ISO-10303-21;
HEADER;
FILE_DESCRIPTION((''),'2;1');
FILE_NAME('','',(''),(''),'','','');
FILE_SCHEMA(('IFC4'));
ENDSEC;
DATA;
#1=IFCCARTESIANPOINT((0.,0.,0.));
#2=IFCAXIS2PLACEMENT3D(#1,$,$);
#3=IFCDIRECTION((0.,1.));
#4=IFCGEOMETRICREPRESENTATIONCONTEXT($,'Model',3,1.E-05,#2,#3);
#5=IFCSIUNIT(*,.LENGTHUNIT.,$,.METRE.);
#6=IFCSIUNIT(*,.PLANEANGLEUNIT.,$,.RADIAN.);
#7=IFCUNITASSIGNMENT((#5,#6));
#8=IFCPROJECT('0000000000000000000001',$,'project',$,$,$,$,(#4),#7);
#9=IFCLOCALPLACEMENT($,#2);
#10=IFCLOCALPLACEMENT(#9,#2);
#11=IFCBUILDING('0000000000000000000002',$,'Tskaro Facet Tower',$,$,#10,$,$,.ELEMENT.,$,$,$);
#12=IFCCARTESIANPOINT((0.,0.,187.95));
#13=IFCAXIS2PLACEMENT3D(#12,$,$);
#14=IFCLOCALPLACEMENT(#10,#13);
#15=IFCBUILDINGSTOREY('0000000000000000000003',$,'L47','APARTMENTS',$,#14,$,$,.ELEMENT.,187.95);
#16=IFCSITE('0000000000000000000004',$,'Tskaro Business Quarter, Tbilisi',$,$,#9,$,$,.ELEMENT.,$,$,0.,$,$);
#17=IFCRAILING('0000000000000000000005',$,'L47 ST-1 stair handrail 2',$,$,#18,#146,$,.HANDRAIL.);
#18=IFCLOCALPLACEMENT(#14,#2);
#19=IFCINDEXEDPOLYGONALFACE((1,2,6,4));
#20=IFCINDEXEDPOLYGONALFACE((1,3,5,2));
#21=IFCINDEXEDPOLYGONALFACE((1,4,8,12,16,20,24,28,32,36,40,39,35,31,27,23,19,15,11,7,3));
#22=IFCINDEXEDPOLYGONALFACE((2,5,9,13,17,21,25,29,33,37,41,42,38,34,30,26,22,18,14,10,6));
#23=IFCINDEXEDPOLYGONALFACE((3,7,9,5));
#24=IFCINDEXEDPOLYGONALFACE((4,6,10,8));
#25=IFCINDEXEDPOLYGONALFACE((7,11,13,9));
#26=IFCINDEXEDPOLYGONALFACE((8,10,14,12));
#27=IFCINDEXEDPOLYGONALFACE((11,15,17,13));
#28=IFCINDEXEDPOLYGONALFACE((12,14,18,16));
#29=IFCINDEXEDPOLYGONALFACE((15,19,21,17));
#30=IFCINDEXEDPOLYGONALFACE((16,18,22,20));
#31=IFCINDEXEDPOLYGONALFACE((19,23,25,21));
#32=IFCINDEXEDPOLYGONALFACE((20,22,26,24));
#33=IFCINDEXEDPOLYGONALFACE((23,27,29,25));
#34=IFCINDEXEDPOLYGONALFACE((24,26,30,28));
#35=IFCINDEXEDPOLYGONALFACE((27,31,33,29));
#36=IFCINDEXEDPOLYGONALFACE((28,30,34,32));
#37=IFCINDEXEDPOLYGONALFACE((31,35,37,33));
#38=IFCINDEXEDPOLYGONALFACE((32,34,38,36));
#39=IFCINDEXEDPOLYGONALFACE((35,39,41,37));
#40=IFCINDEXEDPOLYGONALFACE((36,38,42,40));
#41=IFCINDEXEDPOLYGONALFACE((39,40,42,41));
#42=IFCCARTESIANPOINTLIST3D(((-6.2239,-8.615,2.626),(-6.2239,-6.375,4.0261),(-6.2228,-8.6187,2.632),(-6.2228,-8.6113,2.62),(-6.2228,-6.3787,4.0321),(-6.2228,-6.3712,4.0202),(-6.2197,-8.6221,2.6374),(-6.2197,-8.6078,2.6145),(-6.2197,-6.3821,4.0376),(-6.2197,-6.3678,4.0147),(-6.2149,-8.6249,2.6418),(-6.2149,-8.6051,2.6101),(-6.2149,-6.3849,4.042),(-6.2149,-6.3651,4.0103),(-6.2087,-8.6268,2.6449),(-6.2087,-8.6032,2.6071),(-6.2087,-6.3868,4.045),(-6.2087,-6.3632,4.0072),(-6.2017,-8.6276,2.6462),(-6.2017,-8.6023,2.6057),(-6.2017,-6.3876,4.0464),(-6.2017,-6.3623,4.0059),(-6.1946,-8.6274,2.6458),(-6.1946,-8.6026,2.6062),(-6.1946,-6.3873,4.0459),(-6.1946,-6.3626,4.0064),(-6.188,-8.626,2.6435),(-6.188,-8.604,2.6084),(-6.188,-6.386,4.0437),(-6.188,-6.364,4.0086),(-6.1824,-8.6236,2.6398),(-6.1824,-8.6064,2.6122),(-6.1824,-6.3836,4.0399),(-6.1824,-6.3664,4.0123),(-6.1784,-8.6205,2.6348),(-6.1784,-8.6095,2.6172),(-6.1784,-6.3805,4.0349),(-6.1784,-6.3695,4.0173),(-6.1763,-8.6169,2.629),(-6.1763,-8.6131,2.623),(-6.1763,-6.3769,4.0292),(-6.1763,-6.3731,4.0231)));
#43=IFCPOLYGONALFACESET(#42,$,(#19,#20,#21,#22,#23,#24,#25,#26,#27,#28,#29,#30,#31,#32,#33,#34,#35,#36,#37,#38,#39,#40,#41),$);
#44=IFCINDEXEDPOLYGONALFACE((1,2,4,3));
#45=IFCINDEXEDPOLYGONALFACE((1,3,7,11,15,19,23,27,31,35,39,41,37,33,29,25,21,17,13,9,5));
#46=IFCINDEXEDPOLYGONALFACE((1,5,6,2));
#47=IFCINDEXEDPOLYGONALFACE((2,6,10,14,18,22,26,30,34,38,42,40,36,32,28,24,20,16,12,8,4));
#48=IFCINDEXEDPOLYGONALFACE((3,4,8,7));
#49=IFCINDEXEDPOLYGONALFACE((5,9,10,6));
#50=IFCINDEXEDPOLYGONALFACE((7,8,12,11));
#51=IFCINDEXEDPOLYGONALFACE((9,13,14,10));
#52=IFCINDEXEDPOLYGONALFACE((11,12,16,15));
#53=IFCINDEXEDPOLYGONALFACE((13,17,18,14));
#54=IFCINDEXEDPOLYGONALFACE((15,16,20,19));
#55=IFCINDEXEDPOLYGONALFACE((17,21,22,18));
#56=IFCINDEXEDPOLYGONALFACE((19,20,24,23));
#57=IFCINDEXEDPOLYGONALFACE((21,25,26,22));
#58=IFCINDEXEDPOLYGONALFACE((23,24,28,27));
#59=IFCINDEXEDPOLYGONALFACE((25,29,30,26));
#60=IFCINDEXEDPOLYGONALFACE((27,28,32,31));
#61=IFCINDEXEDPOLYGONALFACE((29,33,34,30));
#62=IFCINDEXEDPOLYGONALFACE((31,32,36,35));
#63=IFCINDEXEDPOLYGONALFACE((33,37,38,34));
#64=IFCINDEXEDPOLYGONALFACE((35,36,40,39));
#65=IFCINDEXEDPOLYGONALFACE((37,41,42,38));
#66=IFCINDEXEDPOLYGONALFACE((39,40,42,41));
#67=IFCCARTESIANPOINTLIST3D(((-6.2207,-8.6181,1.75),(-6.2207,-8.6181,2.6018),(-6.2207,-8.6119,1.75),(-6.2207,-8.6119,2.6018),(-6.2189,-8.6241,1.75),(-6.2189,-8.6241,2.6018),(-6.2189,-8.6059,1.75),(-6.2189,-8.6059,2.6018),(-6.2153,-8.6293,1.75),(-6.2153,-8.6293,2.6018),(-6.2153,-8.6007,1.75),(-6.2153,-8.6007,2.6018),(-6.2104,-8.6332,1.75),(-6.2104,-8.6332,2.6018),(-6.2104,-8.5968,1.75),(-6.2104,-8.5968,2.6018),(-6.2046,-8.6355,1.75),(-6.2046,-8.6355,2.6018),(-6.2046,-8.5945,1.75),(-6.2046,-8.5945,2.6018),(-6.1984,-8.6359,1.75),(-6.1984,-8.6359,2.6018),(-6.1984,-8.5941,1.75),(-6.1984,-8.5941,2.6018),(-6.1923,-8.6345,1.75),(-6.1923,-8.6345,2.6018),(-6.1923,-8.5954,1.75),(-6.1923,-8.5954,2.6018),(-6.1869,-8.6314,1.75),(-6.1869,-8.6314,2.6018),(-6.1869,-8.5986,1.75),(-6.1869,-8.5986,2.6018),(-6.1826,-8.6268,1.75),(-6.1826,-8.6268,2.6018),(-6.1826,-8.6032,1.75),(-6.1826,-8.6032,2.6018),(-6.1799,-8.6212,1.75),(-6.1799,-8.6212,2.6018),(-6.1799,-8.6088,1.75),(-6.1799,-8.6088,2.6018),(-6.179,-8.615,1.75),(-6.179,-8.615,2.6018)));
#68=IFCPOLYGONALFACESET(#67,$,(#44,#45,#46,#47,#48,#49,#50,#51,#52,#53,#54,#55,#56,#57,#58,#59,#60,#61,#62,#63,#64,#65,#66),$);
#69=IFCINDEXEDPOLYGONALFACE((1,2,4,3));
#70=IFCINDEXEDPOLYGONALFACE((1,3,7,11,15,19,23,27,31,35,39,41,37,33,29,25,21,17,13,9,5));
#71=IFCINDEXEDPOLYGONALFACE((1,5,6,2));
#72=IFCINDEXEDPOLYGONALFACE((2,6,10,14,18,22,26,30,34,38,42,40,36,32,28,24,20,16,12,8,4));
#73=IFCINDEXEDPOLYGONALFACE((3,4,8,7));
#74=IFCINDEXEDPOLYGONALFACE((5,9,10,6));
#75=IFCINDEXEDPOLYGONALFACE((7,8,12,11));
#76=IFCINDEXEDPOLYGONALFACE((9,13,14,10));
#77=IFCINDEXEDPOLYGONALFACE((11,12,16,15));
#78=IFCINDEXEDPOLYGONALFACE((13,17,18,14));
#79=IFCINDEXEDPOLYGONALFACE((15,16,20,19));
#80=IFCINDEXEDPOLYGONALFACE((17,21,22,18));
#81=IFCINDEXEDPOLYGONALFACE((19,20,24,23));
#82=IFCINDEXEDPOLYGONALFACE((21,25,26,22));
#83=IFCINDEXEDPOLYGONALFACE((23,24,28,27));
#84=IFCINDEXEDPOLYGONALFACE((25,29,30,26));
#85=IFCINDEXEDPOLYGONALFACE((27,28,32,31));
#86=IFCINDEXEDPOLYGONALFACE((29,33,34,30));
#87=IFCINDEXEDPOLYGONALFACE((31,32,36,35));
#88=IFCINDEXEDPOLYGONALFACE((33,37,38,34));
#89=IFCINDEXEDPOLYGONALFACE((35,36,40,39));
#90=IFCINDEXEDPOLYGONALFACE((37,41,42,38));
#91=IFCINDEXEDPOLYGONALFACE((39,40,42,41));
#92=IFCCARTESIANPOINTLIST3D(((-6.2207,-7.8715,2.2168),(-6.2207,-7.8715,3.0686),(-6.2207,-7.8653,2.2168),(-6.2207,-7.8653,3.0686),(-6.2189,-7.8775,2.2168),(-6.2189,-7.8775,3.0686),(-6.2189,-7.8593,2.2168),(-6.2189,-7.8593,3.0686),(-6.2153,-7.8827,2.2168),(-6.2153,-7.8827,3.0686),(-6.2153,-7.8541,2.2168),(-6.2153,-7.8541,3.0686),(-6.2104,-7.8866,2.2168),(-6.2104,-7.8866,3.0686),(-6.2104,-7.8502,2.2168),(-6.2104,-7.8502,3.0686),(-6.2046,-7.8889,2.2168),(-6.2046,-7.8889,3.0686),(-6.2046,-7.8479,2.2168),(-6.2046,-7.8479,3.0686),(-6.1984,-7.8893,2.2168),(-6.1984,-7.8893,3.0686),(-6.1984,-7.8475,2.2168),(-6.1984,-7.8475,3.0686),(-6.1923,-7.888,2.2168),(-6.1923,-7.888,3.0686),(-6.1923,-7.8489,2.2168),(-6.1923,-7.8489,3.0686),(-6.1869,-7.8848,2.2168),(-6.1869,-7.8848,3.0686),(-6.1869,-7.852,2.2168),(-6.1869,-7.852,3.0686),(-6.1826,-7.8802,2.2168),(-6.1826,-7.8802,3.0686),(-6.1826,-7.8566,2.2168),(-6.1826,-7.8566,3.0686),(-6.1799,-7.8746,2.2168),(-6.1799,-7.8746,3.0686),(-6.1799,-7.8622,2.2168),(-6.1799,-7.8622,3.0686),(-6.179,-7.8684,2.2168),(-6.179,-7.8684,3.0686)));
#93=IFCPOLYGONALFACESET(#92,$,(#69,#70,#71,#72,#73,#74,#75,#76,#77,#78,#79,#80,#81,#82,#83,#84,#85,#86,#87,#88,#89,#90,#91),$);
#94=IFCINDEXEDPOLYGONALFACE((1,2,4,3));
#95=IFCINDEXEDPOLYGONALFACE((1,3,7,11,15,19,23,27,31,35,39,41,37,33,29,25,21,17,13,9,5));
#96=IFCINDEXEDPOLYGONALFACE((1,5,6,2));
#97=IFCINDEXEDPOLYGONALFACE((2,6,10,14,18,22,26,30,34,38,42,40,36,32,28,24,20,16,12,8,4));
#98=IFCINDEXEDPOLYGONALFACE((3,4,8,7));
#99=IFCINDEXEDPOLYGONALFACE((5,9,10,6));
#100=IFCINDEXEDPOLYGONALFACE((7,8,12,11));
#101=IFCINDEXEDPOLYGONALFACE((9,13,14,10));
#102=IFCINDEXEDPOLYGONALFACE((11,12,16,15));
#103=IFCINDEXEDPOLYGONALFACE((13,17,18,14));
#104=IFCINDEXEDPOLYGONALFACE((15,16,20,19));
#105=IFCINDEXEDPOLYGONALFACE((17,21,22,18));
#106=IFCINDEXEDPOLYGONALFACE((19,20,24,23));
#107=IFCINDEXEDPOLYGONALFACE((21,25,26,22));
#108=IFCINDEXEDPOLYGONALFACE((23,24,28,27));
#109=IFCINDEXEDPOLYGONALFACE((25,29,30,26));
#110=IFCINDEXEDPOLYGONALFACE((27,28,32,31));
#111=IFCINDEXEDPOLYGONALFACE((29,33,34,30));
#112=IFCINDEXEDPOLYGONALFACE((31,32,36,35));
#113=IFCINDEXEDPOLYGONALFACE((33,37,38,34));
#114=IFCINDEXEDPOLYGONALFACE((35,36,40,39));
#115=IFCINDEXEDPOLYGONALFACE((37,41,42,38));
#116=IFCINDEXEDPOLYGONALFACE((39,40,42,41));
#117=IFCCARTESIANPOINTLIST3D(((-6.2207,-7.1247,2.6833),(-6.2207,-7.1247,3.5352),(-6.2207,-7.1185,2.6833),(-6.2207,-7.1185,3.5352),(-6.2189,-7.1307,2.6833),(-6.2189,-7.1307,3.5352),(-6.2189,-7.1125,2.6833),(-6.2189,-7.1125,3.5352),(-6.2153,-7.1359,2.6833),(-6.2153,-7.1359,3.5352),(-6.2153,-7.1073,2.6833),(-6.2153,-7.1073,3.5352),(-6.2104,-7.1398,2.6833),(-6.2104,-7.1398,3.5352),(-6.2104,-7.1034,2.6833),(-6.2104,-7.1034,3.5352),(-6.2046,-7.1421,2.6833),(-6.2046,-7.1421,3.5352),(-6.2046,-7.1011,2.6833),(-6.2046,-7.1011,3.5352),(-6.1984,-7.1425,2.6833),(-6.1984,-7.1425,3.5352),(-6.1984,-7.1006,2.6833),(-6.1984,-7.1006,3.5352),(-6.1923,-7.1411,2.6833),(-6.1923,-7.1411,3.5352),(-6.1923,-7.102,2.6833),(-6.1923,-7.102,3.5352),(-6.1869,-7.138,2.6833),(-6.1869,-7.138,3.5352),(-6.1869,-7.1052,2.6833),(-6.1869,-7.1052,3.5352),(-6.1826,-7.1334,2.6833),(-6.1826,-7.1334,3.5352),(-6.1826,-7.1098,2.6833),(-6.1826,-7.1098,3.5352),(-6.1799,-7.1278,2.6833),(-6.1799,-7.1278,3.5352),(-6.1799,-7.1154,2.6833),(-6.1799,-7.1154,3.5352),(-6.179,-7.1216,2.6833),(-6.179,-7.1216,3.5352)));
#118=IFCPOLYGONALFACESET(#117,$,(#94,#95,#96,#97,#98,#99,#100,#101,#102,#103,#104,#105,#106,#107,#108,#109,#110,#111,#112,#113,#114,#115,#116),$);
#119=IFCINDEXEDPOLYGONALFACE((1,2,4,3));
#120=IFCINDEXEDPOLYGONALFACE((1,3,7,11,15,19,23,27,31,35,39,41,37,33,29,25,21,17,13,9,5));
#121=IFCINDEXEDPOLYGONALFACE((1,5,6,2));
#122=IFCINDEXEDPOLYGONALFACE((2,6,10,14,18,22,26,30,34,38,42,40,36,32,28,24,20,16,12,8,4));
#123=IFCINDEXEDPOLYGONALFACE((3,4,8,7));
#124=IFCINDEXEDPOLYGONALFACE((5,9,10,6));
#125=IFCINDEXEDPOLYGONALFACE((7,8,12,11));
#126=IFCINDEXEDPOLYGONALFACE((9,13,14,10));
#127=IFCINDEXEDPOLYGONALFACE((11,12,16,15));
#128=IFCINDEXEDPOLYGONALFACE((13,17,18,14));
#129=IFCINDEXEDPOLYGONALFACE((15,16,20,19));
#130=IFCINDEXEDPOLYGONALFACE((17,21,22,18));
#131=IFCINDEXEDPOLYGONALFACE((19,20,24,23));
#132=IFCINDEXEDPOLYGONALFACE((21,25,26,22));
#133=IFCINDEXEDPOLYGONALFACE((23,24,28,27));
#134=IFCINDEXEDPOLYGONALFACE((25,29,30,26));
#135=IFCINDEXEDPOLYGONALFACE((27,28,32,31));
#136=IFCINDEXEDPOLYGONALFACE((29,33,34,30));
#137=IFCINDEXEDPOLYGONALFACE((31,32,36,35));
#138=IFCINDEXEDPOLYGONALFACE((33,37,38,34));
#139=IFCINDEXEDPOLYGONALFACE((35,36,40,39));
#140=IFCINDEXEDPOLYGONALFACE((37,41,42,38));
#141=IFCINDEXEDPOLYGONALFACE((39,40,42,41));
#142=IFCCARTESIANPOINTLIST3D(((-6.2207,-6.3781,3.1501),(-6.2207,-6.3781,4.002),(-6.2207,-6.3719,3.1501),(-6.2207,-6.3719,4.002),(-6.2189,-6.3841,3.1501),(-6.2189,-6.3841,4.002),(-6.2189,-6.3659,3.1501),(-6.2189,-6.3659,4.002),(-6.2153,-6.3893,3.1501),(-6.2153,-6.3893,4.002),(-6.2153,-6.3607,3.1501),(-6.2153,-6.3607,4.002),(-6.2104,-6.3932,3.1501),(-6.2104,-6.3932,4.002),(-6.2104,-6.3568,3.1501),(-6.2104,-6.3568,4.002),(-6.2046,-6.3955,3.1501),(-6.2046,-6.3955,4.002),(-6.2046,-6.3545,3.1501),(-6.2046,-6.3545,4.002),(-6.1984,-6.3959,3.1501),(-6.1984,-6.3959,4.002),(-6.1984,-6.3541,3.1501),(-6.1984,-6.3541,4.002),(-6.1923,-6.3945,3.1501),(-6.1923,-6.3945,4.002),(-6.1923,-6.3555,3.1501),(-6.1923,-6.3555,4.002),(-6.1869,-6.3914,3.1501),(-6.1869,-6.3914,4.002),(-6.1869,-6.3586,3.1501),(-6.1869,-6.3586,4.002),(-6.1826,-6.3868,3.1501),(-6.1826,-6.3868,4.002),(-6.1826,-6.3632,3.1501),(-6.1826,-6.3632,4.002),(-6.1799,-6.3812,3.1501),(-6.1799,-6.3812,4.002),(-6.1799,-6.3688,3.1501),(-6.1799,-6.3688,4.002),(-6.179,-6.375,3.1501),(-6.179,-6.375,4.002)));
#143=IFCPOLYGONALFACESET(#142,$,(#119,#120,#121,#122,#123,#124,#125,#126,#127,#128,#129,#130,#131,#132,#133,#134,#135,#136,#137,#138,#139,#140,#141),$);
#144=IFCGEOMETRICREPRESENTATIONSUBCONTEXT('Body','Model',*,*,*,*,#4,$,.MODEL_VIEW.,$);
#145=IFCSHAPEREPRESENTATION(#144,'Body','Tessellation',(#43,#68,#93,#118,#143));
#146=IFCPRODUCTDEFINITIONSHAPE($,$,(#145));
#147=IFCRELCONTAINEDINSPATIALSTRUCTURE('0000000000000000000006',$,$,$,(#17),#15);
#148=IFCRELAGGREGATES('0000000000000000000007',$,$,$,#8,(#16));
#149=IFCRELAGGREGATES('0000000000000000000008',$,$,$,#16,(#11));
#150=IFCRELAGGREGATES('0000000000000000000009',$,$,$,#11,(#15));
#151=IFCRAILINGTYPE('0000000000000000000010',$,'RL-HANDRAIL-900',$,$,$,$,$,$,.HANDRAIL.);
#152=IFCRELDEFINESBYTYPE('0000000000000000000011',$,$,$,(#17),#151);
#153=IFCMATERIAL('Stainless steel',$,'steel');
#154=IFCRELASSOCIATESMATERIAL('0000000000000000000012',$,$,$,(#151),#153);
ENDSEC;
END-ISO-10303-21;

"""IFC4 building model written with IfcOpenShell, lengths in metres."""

from ifc_helpers import new_model, si_unit, direction, frame, origin, origin_2d, place, context, subcontext, project, spatial, circle, extrude, material, type_object, element, save


model = new_model("IFC4")

# Units and contexts
model_context = context("Model", 3, precision=1e-05, world=origin(), true_north=direction((0.0, 1.0)))
body_context = subcontext(model_context, "Body", "Model", "MODEL_VIEW")
ifc_project = project(units=[si_unit("LENGTHUNIT", "METRE"), si_unit("PLANEANGLEUNIT", "RADIAN")], contexts=[model_context])

# Site, building, storey
site_placement = place(None, origin())
site = spatial("IfcSite", under=ifc_project, at=site_placement, Name="Tskaro Business Quarter, Tbilisi", CompositionType="ELEMENT", RefElevation=0.0)
building_placement = place(site_placement, origin())
building = spatial("IfcBuilding", under=site, at=building_placement, Name="Tskaro Facet Tower", CompositionType="ELEMENT")
storey_placement = place(building_placement, frame((0.0, 0.0, 187.95)))
storey = spatial("IfcBuildingStorey", under=building, at=storey_placement, Name="L47", Description="APARTMENTS", CompositionType="ELEMENT", Elevation=187.95)

# Shared definitions
ifc_material_1 = material(Name="Stainless steel", Category="steel")

# Railing
railing_type_1 = type_object("IfcRailingType", Name="RL-HANDRAIL-900", PredefinedType="HANDRAIL", material=ifc_material_1)
railing_1_placement = place(storey_placement, frame((-6.2, -8.615, 1.75)))
element("IfcRailing", 1, at=railing_1_placement, inside=storey, type_object=railing_type_1, Name="L47 ST-1 stair handrail 2", PredefinedType="HANDRAIL", context=body_context, shape_type="SweptSolid", body=[
    extrude(circle(Radius=0.0239, at=origin_2d()), frame((0.0, 0.0, 0.876), z_axis=(0.0, 0.847972, 0.53004), x_axis=(-1.0, 0.0, 0.0)), (0.0, 0.0, 1.0), 2.6416),
    extrude(circle(Radius=0.021, at=origin_2d()), origin(), (0.0, 0.0, 1.0), 0.8518),
    extrude(circle(Radius=0.021, at=origin_2d()), frame((0.0, 0.7466, 0.4668)), (0.0, 0.0, 1.0), 0.8518),
    extrude(circle(Radius=0.021, at=origin_2d()), frame((0.0, 1.4934, 0.9333)), (0.0, 0.0, 1.0), 0.8518),
    extrude(circle(Radius=0.021, at=origin_2d()), frame((0.0, 2.24, 1.4001)), (0.0, 0.0, 1.0), 0.8518),
])

save(model, "model.ifc")
